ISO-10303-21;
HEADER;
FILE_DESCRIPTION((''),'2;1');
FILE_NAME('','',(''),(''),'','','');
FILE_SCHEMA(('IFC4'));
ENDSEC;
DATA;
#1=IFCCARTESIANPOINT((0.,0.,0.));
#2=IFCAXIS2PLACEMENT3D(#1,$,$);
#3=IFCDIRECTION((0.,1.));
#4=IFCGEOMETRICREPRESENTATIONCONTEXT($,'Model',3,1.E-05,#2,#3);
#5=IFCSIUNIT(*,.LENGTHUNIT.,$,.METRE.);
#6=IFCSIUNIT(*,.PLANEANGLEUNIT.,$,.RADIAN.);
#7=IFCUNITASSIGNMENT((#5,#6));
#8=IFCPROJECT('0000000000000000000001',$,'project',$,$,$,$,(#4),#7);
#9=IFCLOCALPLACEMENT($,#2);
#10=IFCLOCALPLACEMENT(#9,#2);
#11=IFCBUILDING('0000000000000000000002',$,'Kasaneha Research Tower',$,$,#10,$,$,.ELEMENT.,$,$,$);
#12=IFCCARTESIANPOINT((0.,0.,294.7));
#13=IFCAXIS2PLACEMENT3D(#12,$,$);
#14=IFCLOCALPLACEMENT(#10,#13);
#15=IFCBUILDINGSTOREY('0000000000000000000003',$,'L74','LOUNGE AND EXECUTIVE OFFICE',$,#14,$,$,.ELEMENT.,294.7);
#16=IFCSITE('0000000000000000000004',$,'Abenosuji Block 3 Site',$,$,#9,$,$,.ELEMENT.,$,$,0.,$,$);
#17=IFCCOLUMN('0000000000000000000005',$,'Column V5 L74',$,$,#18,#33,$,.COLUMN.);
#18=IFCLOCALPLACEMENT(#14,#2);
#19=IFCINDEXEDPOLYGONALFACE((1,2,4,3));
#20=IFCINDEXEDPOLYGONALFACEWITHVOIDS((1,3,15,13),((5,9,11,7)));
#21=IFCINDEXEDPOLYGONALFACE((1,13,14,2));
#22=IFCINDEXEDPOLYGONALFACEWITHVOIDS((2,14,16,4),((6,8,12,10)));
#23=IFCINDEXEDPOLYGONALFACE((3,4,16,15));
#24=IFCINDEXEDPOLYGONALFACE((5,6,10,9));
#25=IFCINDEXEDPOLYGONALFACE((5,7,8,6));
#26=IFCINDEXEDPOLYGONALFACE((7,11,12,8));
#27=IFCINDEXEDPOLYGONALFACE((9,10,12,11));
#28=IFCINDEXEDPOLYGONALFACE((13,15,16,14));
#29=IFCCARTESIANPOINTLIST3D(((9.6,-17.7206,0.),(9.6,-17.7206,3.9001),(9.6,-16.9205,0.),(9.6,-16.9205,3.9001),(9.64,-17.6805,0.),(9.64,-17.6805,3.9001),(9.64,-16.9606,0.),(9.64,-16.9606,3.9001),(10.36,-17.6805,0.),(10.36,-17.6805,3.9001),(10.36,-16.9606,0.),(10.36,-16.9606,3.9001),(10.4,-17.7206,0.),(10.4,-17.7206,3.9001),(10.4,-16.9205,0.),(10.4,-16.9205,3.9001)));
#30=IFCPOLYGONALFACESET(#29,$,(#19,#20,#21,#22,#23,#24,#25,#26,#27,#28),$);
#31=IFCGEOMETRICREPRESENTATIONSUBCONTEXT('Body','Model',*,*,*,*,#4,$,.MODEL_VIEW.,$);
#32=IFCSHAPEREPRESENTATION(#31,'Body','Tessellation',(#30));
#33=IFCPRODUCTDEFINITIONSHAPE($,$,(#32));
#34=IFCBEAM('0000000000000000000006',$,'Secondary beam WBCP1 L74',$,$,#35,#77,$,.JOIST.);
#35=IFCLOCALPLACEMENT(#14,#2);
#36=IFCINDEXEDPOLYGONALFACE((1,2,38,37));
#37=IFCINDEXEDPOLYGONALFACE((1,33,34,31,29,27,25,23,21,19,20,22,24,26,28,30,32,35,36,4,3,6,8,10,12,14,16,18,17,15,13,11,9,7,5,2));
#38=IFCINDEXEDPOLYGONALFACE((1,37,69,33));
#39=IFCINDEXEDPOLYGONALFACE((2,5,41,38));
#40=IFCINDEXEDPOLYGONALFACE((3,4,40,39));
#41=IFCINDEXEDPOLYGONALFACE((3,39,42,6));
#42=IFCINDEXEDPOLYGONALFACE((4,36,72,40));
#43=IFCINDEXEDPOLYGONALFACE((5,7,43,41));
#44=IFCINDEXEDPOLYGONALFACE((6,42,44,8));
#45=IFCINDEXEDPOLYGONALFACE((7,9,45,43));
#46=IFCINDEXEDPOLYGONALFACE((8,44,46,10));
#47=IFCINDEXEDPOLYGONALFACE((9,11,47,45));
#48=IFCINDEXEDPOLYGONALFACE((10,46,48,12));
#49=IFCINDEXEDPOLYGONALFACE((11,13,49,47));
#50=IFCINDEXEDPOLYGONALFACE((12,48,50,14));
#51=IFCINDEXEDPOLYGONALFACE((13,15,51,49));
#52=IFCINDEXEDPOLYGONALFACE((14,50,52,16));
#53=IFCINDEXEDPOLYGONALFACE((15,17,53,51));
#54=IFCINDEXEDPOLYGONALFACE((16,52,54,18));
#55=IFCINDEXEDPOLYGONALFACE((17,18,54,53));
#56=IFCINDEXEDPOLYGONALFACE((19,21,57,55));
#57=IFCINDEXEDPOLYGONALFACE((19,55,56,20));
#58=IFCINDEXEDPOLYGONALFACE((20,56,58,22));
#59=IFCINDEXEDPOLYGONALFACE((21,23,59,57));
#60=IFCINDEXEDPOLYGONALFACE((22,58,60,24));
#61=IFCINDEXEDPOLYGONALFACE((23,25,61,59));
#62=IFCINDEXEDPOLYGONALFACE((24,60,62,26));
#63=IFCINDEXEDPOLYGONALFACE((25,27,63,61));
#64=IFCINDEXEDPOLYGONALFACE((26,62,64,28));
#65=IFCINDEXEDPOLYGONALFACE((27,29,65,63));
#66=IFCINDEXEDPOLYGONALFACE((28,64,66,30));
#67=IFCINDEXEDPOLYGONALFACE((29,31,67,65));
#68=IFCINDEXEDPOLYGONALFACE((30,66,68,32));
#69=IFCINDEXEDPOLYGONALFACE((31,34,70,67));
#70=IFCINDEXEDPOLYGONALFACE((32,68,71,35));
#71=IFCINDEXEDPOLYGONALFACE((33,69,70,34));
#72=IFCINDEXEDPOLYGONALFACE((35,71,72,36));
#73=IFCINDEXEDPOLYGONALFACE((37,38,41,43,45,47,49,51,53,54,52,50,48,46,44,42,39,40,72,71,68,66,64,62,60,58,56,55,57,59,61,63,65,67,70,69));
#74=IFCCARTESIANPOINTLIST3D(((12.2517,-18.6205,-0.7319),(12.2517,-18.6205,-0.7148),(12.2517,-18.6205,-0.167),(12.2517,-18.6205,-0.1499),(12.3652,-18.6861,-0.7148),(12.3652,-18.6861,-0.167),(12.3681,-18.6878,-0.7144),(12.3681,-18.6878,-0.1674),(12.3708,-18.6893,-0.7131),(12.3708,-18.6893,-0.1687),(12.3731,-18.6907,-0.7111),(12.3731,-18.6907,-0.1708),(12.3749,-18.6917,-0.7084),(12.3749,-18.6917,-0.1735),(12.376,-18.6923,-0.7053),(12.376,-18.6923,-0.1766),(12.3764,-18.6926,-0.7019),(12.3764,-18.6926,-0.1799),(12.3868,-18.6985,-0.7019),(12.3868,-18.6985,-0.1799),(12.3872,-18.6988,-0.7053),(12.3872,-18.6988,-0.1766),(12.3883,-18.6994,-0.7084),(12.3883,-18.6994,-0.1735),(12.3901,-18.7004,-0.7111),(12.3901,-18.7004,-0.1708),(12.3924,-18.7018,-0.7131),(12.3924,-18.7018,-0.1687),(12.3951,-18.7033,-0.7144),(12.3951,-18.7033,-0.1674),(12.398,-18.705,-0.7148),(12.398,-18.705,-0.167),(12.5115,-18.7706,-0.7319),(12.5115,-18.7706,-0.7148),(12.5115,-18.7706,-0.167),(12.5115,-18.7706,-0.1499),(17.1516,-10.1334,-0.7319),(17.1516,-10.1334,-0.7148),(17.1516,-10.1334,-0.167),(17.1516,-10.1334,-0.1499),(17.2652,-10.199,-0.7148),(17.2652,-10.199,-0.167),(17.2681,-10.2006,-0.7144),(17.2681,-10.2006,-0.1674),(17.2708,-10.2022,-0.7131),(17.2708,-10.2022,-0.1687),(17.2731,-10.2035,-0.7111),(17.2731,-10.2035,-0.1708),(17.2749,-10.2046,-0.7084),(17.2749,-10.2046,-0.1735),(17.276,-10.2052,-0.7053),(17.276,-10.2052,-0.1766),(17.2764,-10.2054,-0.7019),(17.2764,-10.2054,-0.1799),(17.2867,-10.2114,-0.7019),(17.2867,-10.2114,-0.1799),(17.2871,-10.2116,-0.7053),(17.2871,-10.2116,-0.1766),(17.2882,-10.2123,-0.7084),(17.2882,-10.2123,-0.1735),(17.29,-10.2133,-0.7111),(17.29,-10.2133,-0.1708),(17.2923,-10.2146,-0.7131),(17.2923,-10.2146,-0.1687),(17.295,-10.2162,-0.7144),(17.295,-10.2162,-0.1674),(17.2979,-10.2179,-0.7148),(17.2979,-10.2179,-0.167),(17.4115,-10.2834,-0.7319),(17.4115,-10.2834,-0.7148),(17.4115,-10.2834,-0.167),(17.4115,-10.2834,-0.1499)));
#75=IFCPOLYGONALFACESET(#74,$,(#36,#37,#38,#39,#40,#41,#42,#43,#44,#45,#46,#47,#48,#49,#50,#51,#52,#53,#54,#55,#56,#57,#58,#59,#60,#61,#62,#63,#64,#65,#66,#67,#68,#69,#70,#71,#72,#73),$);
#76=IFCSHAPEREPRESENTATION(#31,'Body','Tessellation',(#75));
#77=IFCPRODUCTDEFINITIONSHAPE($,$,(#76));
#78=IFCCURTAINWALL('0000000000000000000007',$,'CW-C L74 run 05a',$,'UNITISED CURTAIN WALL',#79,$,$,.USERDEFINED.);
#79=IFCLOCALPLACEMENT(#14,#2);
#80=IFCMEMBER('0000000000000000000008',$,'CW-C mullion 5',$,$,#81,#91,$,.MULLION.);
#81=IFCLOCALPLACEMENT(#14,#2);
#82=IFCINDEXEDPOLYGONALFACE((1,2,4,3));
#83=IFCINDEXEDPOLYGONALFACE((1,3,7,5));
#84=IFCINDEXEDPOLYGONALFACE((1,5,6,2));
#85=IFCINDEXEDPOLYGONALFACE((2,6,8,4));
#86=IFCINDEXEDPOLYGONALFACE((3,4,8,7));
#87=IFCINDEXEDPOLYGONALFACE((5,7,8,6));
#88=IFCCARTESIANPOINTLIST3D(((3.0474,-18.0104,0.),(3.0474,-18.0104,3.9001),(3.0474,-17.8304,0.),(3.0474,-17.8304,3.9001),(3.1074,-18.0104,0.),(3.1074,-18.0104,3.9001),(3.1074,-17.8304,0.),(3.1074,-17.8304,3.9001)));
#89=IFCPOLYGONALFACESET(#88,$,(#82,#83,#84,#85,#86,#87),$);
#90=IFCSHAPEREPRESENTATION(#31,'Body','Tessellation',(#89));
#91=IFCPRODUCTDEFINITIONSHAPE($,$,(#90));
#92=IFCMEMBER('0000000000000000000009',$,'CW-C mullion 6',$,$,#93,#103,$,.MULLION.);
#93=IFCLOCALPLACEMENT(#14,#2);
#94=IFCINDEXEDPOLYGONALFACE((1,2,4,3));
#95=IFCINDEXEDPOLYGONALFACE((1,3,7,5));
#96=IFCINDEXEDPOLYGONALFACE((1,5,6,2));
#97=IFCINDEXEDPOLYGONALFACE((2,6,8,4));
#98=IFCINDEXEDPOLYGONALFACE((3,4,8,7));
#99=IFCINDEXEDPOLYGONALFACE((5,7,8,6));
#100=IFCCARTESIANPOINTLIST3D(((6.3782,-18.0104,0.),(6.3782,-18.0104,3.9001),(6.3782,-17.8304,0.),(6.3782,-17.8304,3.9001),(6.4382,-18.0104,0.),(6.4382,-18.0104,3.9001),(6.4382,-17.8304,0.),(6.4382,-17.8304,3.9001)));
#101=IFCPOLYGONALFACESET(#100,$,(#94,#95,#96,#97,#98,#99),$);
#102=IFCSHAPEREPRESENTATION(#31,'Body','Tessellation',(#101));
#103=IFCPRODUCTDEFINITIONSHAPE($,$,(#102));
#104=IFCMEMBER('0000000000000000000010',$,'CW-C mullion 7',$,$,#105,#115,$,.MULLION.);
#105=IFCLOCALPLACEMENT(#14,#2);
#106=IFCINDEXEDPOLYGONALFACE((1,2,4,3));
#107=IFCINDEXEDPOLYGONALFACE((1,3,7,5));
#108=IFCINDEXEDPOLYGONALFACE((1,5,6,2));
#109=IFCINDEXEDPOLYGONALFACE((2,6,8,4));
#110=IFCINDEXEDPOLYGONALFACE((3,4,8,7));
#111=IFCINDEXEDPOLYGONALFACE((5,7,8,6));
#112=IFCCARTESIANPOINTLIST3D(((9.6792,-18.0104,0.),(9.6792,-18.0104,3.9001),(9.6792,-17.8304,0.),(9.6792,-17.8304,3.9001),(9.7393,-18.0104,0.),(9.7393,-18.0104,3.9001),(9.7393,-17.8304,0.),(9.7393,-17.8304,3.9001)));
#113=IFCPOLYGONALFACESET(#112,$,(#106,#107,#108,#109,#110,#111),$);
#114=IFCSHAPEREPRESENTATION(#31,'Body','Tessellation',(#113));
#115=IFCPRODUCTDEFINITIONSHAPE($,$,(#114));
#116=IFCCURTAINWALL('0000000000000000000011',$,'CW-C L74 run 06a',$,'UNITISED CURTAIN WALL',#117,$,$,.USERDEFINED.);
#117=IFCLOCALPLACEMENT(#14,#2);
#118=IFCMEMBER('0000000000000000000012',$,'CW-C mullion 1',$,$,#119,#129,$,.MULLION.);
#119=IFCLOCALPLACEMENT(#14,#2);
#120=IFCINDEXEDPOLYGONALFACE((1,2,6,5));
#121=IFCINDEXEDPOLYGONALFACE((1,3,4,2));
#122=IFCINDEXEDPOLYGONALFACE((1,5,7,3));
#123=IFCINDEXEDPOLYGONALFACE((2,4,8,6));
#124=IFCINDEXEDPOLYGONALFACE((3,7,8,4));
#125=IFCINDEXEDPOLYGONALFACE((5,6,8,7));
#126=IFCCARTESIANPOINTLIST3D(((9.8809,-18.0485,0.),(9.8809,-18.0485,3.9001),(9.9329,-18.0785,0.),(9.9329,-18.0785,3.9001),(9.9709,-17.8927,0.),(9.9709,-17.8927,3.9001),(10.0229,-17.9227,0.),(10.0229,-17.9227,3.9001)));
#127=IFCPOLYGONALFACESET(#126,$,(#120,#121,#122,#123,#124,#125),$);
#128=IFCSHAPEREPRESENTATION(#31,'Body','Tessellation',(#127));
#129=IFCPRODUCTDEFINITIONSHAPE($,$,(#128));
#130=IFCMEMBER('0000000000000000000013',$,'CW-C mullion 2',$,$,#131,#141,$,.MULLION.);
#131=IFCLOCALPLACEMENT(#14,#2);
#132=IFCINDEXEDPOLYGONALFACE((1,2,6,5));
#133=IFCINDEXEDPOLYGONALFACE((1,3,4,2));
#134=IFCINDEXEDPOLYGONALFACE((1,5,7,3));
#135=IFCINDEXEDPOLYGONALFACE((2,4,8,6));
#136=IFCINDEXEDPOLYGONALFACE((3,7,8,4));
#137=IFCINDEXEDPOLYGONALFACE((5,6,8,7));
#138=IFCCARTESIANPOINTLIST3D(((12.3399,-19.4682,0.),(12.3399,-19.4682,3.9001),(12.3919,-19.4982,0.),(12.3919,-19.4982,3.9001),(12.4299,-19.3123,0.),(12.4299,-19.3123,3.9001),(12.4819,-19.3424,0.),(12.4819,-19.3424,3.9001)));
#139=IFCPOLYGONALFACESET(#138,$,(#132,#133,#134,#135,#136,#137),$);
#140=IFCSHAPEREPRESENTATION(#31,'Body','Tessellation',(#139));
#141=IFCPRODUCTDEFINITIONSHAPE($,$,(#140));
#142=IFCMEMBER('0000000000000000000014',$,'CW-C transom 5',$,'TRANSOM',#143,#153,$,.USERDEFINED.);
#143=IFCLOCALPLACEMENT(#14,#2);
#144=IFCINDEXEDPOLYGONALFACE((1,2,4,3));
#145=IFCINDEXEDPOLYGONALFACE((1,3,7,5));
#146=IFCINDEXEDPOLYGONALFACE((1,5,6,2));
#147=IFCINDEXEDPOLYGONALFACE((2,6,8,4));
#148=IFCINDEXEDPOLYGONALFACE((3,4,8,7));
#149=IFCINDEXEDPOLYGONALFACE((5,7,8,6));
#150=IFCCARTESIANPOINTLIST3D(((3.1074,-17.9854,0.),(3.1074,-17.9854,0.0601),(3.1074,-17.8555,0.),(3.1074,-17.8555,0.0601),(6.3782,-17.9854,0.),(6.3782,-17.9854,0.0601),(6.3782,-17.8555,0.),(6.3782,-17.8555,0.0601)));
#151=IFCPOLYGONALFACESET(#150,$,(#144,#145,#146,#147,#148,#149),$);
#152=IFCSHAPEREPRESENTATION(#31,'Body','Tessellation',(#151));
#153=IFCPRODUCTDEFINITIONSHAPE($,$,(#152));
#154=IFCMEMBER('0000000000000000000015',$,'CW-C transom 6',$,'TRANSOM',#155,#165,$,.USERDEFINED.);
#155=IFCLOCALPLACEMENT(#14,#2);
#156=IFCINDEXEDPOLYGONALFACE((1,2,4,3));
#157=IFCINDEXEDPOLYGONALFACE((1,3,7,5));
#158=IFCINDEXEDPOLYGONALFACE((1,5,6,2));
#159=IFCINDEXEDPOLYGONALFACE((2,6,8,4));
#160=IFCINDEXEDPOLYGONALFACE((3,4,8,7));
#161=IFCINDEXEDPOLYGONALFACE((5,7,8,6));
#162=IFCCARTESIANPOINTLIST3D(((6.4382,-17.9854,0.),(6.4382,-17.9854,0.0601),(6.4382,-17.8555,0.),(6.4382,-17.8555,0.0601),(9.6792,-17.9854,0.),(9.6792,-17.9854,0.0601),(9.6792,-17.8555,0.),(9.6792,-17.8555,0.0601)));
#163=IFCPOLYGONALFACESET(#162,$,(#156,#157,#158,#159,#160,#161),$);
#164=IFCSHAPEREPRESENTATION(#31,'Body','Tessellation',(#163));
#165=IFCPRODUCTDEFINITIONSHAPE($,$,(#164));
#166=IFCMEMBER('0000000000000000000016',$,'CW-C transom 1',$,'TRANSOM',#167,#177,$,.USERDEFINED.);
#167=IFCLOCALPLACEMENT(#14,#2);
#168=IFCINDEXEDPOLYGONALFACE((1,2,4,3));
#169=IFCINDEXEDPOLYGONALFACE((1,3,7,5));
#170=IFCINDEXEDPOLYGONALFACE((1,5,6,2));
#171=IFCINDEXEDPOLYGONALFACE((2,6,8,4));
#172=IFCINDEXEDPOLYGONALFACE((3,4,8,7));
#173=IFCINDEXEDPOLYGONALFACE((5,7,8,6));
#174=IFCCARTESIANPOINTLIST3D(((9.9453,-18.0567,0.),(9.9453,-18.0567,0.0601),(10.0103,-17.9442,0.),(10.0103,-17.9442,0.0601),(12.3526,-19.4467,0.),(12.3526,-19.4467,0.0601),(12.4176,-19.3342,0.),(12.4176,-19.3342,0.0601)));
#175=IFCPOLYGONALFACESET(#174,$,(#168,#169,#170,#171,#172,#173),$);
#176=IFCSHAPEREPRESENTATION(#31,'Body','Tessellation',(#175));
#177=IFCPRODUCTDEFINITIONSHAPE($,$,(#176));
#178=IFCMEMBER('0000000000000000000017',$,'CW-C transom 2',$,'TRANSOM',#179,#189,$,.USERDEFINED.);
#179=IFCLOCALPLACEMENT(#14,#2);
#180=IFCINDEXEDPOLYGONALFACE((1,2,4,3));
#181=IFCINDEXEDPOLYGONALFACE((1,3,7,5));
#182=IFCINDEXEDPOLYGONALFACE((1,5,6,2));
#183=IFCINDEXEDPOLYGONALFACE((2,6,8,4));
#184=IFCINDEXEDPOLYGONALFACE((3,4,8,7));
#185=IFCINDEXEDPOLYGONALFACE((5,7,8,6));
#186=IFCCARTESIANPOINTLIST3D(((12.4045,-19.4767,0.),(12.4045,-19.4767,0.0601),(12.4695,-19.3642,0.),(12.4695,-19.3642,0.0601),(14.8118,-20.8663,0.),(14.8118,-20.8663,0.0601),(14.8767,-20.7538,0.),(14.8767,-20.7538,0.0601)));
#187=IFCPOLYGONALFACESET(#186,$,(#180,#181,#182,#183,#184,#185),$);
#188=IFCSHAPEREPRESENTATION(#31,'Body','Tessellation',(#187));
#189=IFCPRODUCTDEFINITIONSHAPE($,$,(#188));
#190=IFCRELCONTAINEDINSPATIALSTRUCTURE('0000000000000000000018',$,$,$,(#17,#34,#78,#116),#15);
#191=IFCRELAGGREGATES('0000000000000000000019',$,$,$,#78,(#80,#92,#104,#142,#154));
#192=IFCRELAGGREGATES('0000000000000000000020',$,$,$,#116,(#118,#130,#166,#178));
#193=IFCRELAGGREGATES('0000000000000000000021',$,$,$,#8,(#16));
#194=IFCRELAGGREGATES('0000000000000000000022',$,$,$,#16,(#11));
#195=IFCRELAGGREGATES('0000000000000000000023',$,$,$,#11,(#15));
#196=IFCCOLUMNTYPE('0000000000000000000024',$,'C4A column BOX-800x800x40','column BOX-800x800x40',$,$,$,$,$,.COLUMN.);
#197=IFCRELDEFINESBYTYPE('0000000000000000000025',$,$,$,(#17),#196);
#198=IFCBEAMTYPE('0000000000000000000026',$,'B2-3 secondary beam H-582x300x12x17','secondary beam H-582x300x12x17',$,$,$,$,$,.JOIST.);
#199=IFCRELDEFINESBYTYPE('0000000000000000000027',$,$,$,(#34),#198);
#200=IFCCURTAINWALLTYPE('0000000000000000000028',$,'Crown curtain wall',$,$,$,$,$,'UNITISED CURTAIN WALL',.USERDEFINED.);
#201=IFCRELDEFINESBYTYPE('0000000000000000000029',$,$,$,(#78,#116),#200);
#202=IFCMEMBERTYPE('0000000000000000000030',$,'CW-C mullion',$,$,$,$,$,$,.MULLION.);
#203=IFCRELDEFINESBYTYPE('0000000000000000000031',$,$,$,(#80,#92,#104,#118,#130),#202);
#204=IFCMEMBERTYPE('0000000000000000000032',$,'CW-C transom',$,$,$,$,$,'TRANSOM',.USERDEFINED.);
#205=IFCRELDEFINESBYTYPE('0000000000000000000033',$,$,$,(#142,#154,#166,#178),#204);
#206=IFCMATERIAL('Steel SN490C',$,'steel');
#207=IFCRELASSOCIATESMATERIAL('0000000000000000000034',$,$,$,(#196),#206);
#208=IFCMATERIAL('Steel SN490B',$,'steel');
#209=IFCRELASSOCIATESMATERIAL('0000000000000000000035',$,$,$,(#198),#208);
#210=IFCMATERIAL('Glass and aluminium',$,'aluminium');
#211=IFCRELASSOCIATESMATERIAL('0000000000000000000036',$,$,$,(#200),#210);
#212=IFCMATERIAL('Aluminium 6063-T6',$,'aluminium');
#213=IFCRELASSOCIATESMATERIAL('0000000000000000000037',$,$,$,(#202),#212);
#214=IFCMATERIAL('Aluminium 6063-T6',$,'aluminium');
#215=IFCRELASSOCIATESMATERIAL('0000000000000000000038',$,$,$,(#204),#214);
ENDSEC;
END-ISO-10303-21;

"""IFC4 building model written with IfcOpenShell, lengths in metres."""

from ifc_helpers import new_model, si_unit, direction, frame, origin, origin_2d, place, context, subcontext, project, spatial, rectangle, hollow_rectangle, i_section, extrude, material, material_profile, profile_set, type_object, element, aggregate, save


model = new_model("IFC4")

# Units and contexts
model_context = context("Model", 3, precision=1e-05, world=origin(), true_north=direction((0.0, 1.0)))
body_context = subcontext(model_context, "Body", "Model", "MODEL_VIEW")
ifc_project = project(units=[si_unit("LENGTHUNIT", "METRE"), si_unit("PLANEANGLEUNIT", "RADIAN")], contexts=[model_context])

# Site, building, storey
site_placement = place(None, origin())
site = spatial("IfcSite", under=ifc_project, at=site_placement, Name="Abenosuji Block 3 Site", CompositionType="ELEMENT", RefElevation=0.0)
building_placement = place(site_placement, origin())
building = spatial("IfcBuilding", under=site, at=building_placement, Name="Kasaneha Research Tower", CompositionType="ELEMENT")
storey_placement = place(building_placement, frame((0.0, 0.0, 294.7)))
storey = spatial("IfcBuildingStorey", under=building, at=storey_placement, Name="L74", Description="LOUNGE AND EXECUTIVE OFFICE", CompositionType="ELEMENT", Elevation=294.7)

# Column
ifc_material_1 = material(Name="Steel SN490C", Category="steel")
ifc_material_profile_1 = material_profile(ifc_material_1, hollow_rectangle(XDim=0.8, YDim=0.8, WallThickness=0.04, at=origin_2d()), Name="BOX-800x800x40")
ifc_profile_set_1 = profile_set([ifc_material_profile_1], Name="Steel SN490C")
column_type = type_object("IfcColumnType", Name="C4A column BOX-800x800x40", Description="column BOX-800x800x40", PredefinedType="COLUMN", material=ifc_profile_set_1)
column_placement = place(storey_placement, frame((10.0, -17.3206, 0.0), z_axis=(0.0, 0.0, 1.0), x_axis=(1.0, 0.0, 0.0)))
element("IfcColumn", 1, at=column_placement, inside=storey, type_object=column_type, Name="Column V5 L74", PredefinedType="COLUMN", context=body_context, shape_type="SweptSolid", body=[
    extrude(hollow_rectangle(XDim=0.8, YDim=0.8, WallThickness=0.04, at=origin_2d()), origin(), (0.0, 0.0, 1.0), 3.9001),
])

# Beam
ifc_material_2 = material(Name="Steel SN490B", Category="steel")
ifc_material_profile_2 = material_profile(ifc_material_2, i_section(OverallWidth=0.3, OverallDepth=0.582, WebThickness=0.012, FlangeThickness=0.0171, FilletRadius=0.0129, at=origin_2d()), Name="H-582x300x12x17")
ifc_profile_set_2 = profile_set([ifc_material_profile_2], Name="Steel SN490B")
beam_type_1 = type_object("IfcBeamType", Name="B2-3 secondary beam H-582x300x12x17", Description="secondary beam H-582x300x12x17", PredefinedType="JOIST", material=ifc_profile_set_2)
beam_1_placement = place(storey_placement, frame((12.3816, -18.6956, -0.4409), z_axis=(0.499992, 0.86603, 0.0), x_axis=(-0.86603, 0.499992, 0.0)))
element("IfcBeam", 2, at=beam_1_placement, inside=storey, type_object=beam_type_1, Name="Secondary beam WBCP1 L74", PredefinedType="JOIST", context=body_context, shape_type="SweptSolid", body=[
    extrude(i_section(OverallWidth=0.3, OverallDepth=0.582, WebThickness=0.012, FlangeThickness=0.0171, FilletRadius=0.0129, at=origin_2d()), origin(), (0.0, 0.0, 1.0), 9.8),
])

# Curtain walls, members
ifc_material_3 = material(Name="Glass and aluminium", Category="aluminium")
curtain_wall_type = type_object("IfcCurtainWallType", Name="Crown curtain wall", ElementType="UNITISED CURTAIN WALL", PredefinedType="USERDEFINED", material=ifc_material_3)
curtain_wall_1_placement = place(storey_placement, origin())
curtain_wall_1 = element("IfcCurtainWall", 3, at=curtain_wall_1_placement, inside=storey, type_object=curtain_wall_type, Name="CW-C L74 run 05a", ObjectType="UNITISED CURTAIN WALL", PredefinedType="USERDEFINED")
ifc_material_4 = material(Name="Aluminium 6063-T6", Category="aluminium")
ifc_material_profile_3 = material_profile(ifc_material_4, rectangle(XDim=0.0601, YDim=0.1799, at=origin_2d()), Name="CW-C mullion 60x180")
ifc_profile_set_3 = profile_set([ifc_material_profile_3], Name="Aluminium 6063-T6")
member_type_1 = type_object("IfcMemberType", Name="CW-C mullion", PredefinedType="MULLION", material=ifc_profile_set_3)
member_1_placement = place(storey_placement, frame((3.0774, -17.9204, 0.0), z_axis=(0.0, 0.0, 1.0), x_axis=(1.0, 0.0, 0.0)))
member_1 = element("IfcMember", 4, at=member_1_placement, type_object=member_type_1, Name="CW-C mullion 5", PredefinedType="MULLION", context=body_context, shape_type="SweptSolid", body=[
    extrude(rectangle(XDim=0.0601, YDim=0.1799, at=origin_2d()), origin(), (0.0, 0.0, 1.0), 3.9001),
])
member_2_placement = place(storey_placement, frame((6.4082, -17.9204, 0.0), z_axis=(0.0, 0.0, 1.0), x_axis=(1.0, 0.0, 0.0)))
member_2 = element("IfcMember", 5, at=member_2_placement, type_object=member_type_1, Name="CW-C mullion 6", PredefinedType="MULLION", context=body_context, shape_type="SweptSolid", body=[
    extrude(rectangle(XDim=0.0601, YDim=0.1799, at=origin_2d()), origin(), (0.0, 0.0, 1.0), 3.9001),
])
member_3_placement = place(storey_placement, frame((9.7092, -17.9204, 0.0), z_axis=(0.0, 0.0, 1.0), x_axis=(1.0, 0.0, 0.0)))
member_3 = element("IfcMember", 6, at=member_3_placement, type_object=member_type_1, Name="CW-C mullion 7", PredefinedType="MULLION", context=body_context, shape_type="SweptSolid", body=[
    extrude(rectangle(XDim=0.0601, YDim=0.1799, at=origin_2d()), origin(), (0.0, 0.0, 1.0), 3.9001),
])
curtain_wall_2_placement = place(storey_placement, origin())
curtain_wall_2 = element("IfcCurtainWall", 7, at=curtain_wall_2_placement, inside=storey, type_object=curtain_wall_type, Name="CW-C L74 run 06a", ObjectType="UNITISED CURTAIN WALL", PredefinedType="USERDEFINED")
member_4_placement = place(storey_placement, frame((9.9519, -17.9856, 0.0), z_axis=(0.0, 0.0, 1.0), x_axis=(0.866025, -0.5, 0.0)))
member_4 = element("IfcMember", 8, at=member_4_placement, type_object=member_type_1, Name="CW-C mullion 1", PredefinedType="MULLION", context=body_context, shape_type="SweptSolid", body=[
    extrude(rectangle(XDim=0.0601, YDim=0.1799, at=origin_2d()), origin(), (0.0, 0.0, 1.0), 3.9001),
])
member_5_placement = place(storey_placement, frame((12.4109, -19.4053, 0.0), z_axis=(0.0, 0.0, 1.0), x_axis=(0.866025, -0.5, 0.0)))
member_5 = element("IfcMember", 9, at=member_5_placement, type_object=member_type_1, Name="CW-C mullion 2", PredefinedType="MULLION", context=body_context, shape_type="SweptSolid", body=[
    extrude(rectangle(XDim=0.0601, YDim=0.1799, at=origin_2d()), origin(), (0.0, 0.0, 1.0), 3.9001),
])

# Members
ifc_material_5 = material(Name="Aluminium 6063-T6", Category="aluminium")
ifc_material_profile_4 = material_profile(ifc_material_5, rectangle(XDim=0.1299, YDim=0.0601, at=origin_2d()), Name="CW-C transom 130x60")
ifc_profile_set_4 = profile_set([ifc_material_profile_4], Name="Aluminium 6063-T6")
member_type_2 = type_object("IfcMemberType", Name="CW-C transom", ElementType="TRANSOM", PredefinedType="USERDEFINED", material=ifc_profile_set_4)
member_6_placement = place(storey_placement, frame((3.1074, -17.9204, 0.03), z_axis=(1.0, 0.0, 0.0), x_axis=(0.0, 1.0, 0.0)))
member_6 = element("IfcMember", 10, at=member_6_placement, type_object=member_type_2, Name="CW-C transom 5", ObjectType="TRANSOM", PredefinedType="USERDEFINED", context=body_context, shape_type="SweptSolid", body=[
    extrude(rectangle(XDim=0.1299, YDim=0.0601, at=origin_2d()), origin(), (0.0, 0.0, 1.0), 3.2708),
])
member_7_placement = place(storey_placement, frame((6.4382, -17.9204, 0.03), z_axis=(1.0, 0.0, 0.0), x_axis=(0.0, 1.0, 0.0)))
member_7 = element("IfcMember", 11, at=member_7_placement, type_object=member_type_2, Name="CW-C transom 6", ObjectType="TRANSOM", PredefinedType="USERDEFINED", context=body_context, shape_type="SweptSolid", body=[
    extrude(rectangle(XDim=0.1299, YDim=0.0601, at=origin_2d()), origin(), (0.0, 0.0, 1.0), 3.241),
])
member_8_placement = place(storey_placement, frame((9.9778, -18.0005, 0.03), z_axis=(0.866013, -0.500021, 0.0), x_axis=(0.500021, 0.866013, 0.0)))
member_8 = element("IfcMember", 12, at=member_8_placement, type_object=member_type_2, Name="CW-C transom 1", ObjectType="TRANSOM", PredefinedType="USERDEFINED", context=body_context, shape_type="SweptSolid", body=[
    extrude(rectangle(XDim=0.1299, YDim=0.0601, at=origin_2d()), origin(), (0.0, 0.0, 1.0), 2.7798),
])
member_9_placement = place(storey_placement, frame((12.437, -19.4204, 0.03), z_axis=(0.866051, -0.499956, 0.0), x_axis=(0.499956, 0.866051, 0.0)))
member_9 = element("IfcMember", 13, at=member_9_placement, type_object=member_type_2, Name="CW-C transom 2", ObjectType="TRANSOM", PredefinedType="USERDEFINED", context=body_context, shape_type="SweptSolid", body=[
    extrude(rectangle(XDim=0.1299, YDim=0.0601, at=origin_2d()), origin(), (0.0, 0.0, 1.0), 2.7795),
])

aggregate(curtain_wall_1, [member_1, member_2, member_3, member_6, member_7])
aggregate(curtain_wall_2, [member_4, member_5, member_8, member_9])

save(model, "model.ifc")
